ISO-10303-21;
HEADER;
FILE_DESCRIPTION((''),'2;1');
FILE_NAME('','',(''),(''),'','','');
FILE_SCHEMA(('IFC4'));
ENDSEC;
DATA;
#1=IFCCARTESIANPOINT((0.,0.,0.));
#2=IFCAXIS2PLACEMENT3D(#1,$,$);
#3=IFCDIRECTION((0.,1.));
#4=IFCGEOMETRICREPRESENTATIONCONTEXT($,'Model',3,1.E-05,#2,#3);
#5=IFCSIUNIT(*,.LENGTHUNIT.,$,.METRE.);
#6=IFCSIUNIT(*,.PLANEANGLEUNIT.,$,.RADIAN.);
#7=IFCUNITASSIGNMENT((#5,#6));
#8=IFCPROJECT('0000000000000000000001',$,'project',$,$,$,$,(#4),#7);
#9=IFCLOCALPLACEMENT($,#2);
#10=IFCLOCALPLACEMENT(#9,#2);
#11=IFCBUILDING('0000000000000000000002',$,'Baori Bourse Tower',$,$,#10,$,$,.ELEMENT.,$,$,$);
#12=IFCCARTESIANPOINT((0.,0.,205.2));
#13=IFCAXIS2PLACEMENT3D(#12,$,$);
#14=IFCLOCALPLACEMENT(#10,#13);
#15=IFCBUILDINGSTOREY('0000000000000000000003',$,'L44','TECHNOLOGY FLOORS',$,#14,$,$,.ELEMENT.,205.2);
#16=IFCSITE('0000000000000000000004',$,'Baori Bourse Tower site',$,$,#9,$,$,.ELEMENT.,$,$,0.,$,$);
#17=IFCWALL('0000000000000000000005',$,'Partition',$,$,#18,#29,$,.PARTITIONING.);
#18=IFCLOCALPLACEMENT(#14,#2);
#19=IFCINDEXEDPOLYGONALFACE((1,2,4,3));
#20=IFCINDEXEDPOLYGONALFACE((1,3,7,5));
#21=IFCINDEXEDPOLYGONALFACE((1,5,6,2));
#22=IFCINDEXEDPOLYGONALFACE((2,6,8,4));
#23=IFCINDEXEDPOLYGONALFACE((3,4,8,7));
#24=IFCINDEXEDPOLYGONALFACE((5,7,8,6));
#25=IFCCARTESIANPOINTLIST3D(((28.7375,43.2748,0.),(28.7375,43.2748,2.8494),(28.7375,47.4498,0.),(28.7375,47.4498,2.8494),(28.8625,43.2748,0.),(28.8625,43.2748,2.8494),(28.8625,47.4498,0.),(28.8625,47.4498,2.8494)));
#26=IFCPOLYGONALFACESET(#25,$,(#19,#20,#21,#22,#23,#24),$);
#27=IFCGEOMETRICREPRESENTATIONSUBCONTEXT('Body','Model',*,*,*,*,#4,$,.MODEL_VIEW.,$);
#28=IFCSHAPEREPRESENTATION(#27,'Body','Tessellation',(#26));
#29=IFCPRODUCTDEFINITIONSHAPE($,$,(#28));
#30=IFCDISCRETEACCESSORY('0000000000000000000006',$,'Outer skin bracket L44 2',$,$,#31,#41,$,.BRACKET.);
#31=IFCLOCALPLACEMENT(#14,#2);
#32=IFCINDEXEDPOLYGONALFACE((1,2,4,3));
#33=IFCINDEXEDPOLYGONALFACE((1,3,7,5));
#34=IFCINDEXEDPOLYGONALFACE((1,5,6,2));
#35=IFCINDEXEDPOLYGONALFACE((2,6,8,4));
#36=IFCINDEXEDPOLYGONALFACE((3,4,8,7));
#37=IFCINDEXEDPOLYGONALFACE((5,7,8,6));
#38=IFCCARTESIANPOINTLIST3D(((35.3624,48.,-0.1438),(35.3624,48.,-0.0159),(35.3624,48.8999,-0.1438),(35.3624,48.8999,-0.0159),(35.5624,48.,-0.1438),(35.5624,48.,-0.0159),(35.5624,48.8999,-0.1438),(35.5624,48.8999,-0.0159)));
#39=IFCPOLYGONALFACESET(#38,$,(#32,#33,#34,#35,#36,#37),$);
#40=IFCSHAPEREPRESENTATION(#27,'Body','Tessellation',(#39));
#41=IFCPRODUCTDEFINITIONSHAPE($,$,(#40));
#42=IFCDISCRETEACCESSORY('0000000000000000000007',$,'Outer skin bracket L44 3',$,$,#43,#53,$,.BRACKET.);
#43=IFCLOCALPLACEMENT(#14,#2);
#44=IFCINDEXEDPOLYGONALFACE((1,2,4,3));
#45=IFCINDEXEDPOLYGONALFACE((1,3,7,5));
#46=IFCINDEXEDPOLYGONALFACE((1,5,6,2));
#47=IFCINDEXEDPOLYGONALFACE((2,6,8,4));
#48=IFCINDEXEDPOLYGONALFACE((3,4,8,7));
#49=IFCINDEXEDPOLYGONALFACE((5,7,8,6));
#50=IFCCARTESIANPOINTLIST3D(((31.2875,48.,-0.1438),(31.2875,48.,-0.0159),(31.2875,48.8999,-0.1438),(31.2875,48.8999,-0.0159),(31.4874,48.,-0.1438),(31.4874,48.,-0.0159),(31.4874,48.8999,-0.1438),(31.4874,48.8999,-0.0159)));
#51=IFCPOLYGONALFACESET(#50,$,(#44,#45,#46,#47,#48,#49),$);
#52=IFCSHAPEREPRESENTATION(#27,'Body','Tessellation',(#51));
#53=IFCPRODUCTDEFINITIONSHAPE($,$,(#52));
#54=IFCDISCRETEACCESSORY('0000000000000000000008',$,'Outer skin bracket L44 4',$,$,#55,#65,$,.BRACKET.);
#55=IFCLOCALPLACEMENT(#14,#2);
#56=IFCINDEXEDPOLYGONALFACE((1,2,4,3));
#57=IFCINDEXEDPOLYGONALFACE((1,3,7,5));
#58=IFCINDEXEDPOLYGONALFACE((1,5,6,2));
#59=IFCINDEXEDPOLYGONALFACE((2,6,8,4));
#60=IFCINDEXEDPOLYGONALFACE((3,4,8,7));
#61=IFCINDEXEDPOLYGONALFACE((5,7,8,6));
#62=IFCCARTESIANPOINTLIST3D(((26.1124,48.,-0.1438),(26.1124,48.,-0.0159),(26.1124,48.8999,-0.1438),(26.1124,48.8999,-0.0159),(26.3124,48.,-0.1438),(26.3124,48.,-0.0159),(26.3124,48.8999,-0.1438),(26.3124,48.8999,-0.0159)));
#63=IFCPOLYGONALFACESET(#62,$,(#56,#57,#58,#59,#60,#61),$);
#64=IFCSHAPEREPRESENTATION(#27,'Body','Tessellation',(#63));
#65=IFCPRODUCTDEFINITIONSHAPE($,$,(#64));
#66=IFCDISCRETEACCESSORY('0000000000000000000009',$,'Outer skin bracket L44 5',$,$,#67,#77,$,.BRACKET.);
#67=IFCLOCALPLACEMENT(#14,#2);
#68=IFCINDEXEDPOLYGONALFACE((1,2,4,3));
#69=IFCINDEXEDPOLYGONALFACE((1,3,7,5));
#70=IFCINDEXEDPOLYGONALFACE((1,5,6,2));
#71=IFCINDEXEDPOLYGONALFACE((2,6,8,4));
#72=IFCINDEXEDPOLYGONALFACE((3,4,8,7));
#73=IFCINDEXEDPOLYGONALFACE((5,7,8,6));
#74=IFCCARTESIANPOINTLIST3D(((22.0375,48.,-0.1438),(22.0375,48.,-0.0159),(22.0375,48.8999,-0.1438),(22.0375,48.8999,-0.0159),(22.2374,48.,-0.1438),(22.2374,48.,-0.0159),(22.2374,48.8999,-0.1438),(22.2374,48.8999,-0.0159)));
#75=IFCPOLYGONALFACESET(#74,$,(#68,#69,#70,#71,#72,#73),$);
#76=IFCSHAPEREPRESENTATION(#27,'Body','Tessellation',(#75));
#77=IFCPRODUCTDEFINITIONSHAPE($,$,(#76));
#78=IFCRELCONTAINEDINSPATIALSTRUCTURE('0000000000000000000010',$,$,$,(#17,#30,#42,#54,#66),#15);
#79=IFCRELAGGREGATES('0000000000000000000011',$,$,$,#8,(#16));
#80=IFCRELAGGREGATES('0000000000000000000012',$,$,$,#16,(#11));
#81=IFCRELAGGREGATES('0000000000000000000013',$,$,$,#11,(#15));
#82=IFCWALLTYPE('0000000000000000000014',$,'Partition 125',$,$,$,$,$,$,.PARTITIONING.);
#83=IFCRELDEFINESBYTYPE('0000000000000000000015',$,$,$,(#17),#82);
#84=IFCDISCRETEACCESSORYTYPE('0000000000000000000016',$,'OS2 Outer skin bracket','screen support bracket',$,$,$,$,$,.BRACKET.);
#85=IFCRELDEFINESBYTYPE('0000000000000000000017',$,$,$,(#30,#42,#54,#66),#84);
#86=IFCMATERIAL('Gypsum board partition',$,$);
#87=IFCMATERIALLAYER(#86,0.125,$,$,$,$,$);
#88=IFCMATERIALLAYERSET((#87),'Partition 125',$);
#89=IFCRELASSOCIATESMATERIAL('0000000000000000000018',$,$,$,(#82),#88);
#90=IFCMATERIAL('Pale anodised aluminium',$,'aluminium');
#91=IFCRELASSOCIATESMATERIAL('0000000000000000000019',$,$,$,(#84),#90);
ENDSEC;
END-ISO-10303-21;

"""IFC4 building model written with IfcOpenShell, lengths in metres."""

from ifc_helpers import new_model, si_unit, direction, frame, frame_2d, origin, origin_2d, place, context, subcontext, project, spatial, rectangle, extrude, material, layer, layer_set, type_object, element, save


model = new_model("IFC4")

# Units and contexts
model_context = context("Model", 3, precision=1e-05, world=origin(), true_north=direction((0.0, 1.0)))
body_context = subcontext(model_context, "Body", "Model", "MODEL_VIEW")
ifc_project = project(units=[si_unit("LENGTHUNIT", "METRE"), si_unit("PLANEANGLEUNIT", "RADIAN")], contexts=[model_context])

# Site, building, storey
site_placement = place(None, origin())
site = spatial("IfcSite", under=ifc_project, at=site_placement, Name="Baori Bourse Tower site", CompositionType="ELEMENT", RefElevation=0.0)
building_placement = place(site_placement, origin())
building = spatial("IfcBuilding", under=site, at=building_placement, Name="Baori Bourse Tower", CompositionType="ELEMENT")
storey_placement = place(building_placement, frame((0.0, 0.0, 205.2)))
storey = spatial("IfcBuildingStorey", under=building, at=storey_placement, Name="L44", Description="TECHNOLOGY FLOORS", CompositionType="ELEMENT", Elevation=205.2)

# Wall
ifc_material_1 = material(Name="Gypsum board partition")
ifc_layer_1 = layer(ifc_material_1, 0.125)
ifc_layer_set_1 = layer_set([ifc_layer_1], Name="Partition 125")
wall_type = type_object("IfcWallType", Name="Partition 125", PredefinedType="PARTITIONING", material=ifc_layer_set_1)
wall_placement = place(storey_placement, frame((28.8, 43.2749, 0.0), z_axis=(0.0, 0.0, 1.0), x_axis=(0.0, 1.0, 0.0)))
element("IfcWall", 1, at=wall_placement, inside=storey, type_object=wall_type, Name="Partition", PredefinedType="PARTITIONING", context=body_context, shape_type="SweptSolid", body=[
    extrude(rectangle(XDim=4.175, YDim=0.125, at=frame_2d((2.0874, 0.0))), origin(), (0.0, 0.0, 1.0), 2.8494),
])

# Discrete accessories
ifc_material_2 = material(Name="Pale anodised aluminium", Category="aluminium")
discrete_accessory_type = type_object("IfcDiscreteAccessoryType", Name="OS2 Outer skin bracket", Description="screen support bracket", PredefinedType="BRACKET", material=ifc_material_2)
for number, where, z_axis, x_axis, name in (
    (2, (35.4624, 48.45, -0.1438), (0.0, 0.0, 1.0), (-1.0, 0.0, 0.0), "Outer skin bracket L44 2"),
    (3, (31.3875, 48.45, -0.1438), (0.0, 0.0, 1.0), (-1.0, 0.0, 0.0), "Outer skin bracket L44 3"),
    (4, (26.2124, 48.45, -0.1438), (0.0, 0.0, 1.0), (-1.0, 0.0, 0.0), "Outer skin bracket L44 4"),
    (5, (22.1375, 48.45, -0.1438), (0.0, 0.0, 1.0), (-1.0, 0.0, 0.0), "Outer skin bracket L44 5"),
):
    element("IfcDiscreteAccessory", number, at=place(storey_placement, frame(where, z_axis=z_axis, x_axis=x_axis)), inside=storey, type_object=discrete_accessory_type, Name=name, PredefinedType="BRACKET", context=body_context, shape_type="SweptSolid", body=[
        extrude(rectangle(XDim=0.2, YDim=0.8999, at=origin_2d()), origin(), (0.0, 0.0, 1.0), 0.1279),
    ])

save(model, "model.ifc")
